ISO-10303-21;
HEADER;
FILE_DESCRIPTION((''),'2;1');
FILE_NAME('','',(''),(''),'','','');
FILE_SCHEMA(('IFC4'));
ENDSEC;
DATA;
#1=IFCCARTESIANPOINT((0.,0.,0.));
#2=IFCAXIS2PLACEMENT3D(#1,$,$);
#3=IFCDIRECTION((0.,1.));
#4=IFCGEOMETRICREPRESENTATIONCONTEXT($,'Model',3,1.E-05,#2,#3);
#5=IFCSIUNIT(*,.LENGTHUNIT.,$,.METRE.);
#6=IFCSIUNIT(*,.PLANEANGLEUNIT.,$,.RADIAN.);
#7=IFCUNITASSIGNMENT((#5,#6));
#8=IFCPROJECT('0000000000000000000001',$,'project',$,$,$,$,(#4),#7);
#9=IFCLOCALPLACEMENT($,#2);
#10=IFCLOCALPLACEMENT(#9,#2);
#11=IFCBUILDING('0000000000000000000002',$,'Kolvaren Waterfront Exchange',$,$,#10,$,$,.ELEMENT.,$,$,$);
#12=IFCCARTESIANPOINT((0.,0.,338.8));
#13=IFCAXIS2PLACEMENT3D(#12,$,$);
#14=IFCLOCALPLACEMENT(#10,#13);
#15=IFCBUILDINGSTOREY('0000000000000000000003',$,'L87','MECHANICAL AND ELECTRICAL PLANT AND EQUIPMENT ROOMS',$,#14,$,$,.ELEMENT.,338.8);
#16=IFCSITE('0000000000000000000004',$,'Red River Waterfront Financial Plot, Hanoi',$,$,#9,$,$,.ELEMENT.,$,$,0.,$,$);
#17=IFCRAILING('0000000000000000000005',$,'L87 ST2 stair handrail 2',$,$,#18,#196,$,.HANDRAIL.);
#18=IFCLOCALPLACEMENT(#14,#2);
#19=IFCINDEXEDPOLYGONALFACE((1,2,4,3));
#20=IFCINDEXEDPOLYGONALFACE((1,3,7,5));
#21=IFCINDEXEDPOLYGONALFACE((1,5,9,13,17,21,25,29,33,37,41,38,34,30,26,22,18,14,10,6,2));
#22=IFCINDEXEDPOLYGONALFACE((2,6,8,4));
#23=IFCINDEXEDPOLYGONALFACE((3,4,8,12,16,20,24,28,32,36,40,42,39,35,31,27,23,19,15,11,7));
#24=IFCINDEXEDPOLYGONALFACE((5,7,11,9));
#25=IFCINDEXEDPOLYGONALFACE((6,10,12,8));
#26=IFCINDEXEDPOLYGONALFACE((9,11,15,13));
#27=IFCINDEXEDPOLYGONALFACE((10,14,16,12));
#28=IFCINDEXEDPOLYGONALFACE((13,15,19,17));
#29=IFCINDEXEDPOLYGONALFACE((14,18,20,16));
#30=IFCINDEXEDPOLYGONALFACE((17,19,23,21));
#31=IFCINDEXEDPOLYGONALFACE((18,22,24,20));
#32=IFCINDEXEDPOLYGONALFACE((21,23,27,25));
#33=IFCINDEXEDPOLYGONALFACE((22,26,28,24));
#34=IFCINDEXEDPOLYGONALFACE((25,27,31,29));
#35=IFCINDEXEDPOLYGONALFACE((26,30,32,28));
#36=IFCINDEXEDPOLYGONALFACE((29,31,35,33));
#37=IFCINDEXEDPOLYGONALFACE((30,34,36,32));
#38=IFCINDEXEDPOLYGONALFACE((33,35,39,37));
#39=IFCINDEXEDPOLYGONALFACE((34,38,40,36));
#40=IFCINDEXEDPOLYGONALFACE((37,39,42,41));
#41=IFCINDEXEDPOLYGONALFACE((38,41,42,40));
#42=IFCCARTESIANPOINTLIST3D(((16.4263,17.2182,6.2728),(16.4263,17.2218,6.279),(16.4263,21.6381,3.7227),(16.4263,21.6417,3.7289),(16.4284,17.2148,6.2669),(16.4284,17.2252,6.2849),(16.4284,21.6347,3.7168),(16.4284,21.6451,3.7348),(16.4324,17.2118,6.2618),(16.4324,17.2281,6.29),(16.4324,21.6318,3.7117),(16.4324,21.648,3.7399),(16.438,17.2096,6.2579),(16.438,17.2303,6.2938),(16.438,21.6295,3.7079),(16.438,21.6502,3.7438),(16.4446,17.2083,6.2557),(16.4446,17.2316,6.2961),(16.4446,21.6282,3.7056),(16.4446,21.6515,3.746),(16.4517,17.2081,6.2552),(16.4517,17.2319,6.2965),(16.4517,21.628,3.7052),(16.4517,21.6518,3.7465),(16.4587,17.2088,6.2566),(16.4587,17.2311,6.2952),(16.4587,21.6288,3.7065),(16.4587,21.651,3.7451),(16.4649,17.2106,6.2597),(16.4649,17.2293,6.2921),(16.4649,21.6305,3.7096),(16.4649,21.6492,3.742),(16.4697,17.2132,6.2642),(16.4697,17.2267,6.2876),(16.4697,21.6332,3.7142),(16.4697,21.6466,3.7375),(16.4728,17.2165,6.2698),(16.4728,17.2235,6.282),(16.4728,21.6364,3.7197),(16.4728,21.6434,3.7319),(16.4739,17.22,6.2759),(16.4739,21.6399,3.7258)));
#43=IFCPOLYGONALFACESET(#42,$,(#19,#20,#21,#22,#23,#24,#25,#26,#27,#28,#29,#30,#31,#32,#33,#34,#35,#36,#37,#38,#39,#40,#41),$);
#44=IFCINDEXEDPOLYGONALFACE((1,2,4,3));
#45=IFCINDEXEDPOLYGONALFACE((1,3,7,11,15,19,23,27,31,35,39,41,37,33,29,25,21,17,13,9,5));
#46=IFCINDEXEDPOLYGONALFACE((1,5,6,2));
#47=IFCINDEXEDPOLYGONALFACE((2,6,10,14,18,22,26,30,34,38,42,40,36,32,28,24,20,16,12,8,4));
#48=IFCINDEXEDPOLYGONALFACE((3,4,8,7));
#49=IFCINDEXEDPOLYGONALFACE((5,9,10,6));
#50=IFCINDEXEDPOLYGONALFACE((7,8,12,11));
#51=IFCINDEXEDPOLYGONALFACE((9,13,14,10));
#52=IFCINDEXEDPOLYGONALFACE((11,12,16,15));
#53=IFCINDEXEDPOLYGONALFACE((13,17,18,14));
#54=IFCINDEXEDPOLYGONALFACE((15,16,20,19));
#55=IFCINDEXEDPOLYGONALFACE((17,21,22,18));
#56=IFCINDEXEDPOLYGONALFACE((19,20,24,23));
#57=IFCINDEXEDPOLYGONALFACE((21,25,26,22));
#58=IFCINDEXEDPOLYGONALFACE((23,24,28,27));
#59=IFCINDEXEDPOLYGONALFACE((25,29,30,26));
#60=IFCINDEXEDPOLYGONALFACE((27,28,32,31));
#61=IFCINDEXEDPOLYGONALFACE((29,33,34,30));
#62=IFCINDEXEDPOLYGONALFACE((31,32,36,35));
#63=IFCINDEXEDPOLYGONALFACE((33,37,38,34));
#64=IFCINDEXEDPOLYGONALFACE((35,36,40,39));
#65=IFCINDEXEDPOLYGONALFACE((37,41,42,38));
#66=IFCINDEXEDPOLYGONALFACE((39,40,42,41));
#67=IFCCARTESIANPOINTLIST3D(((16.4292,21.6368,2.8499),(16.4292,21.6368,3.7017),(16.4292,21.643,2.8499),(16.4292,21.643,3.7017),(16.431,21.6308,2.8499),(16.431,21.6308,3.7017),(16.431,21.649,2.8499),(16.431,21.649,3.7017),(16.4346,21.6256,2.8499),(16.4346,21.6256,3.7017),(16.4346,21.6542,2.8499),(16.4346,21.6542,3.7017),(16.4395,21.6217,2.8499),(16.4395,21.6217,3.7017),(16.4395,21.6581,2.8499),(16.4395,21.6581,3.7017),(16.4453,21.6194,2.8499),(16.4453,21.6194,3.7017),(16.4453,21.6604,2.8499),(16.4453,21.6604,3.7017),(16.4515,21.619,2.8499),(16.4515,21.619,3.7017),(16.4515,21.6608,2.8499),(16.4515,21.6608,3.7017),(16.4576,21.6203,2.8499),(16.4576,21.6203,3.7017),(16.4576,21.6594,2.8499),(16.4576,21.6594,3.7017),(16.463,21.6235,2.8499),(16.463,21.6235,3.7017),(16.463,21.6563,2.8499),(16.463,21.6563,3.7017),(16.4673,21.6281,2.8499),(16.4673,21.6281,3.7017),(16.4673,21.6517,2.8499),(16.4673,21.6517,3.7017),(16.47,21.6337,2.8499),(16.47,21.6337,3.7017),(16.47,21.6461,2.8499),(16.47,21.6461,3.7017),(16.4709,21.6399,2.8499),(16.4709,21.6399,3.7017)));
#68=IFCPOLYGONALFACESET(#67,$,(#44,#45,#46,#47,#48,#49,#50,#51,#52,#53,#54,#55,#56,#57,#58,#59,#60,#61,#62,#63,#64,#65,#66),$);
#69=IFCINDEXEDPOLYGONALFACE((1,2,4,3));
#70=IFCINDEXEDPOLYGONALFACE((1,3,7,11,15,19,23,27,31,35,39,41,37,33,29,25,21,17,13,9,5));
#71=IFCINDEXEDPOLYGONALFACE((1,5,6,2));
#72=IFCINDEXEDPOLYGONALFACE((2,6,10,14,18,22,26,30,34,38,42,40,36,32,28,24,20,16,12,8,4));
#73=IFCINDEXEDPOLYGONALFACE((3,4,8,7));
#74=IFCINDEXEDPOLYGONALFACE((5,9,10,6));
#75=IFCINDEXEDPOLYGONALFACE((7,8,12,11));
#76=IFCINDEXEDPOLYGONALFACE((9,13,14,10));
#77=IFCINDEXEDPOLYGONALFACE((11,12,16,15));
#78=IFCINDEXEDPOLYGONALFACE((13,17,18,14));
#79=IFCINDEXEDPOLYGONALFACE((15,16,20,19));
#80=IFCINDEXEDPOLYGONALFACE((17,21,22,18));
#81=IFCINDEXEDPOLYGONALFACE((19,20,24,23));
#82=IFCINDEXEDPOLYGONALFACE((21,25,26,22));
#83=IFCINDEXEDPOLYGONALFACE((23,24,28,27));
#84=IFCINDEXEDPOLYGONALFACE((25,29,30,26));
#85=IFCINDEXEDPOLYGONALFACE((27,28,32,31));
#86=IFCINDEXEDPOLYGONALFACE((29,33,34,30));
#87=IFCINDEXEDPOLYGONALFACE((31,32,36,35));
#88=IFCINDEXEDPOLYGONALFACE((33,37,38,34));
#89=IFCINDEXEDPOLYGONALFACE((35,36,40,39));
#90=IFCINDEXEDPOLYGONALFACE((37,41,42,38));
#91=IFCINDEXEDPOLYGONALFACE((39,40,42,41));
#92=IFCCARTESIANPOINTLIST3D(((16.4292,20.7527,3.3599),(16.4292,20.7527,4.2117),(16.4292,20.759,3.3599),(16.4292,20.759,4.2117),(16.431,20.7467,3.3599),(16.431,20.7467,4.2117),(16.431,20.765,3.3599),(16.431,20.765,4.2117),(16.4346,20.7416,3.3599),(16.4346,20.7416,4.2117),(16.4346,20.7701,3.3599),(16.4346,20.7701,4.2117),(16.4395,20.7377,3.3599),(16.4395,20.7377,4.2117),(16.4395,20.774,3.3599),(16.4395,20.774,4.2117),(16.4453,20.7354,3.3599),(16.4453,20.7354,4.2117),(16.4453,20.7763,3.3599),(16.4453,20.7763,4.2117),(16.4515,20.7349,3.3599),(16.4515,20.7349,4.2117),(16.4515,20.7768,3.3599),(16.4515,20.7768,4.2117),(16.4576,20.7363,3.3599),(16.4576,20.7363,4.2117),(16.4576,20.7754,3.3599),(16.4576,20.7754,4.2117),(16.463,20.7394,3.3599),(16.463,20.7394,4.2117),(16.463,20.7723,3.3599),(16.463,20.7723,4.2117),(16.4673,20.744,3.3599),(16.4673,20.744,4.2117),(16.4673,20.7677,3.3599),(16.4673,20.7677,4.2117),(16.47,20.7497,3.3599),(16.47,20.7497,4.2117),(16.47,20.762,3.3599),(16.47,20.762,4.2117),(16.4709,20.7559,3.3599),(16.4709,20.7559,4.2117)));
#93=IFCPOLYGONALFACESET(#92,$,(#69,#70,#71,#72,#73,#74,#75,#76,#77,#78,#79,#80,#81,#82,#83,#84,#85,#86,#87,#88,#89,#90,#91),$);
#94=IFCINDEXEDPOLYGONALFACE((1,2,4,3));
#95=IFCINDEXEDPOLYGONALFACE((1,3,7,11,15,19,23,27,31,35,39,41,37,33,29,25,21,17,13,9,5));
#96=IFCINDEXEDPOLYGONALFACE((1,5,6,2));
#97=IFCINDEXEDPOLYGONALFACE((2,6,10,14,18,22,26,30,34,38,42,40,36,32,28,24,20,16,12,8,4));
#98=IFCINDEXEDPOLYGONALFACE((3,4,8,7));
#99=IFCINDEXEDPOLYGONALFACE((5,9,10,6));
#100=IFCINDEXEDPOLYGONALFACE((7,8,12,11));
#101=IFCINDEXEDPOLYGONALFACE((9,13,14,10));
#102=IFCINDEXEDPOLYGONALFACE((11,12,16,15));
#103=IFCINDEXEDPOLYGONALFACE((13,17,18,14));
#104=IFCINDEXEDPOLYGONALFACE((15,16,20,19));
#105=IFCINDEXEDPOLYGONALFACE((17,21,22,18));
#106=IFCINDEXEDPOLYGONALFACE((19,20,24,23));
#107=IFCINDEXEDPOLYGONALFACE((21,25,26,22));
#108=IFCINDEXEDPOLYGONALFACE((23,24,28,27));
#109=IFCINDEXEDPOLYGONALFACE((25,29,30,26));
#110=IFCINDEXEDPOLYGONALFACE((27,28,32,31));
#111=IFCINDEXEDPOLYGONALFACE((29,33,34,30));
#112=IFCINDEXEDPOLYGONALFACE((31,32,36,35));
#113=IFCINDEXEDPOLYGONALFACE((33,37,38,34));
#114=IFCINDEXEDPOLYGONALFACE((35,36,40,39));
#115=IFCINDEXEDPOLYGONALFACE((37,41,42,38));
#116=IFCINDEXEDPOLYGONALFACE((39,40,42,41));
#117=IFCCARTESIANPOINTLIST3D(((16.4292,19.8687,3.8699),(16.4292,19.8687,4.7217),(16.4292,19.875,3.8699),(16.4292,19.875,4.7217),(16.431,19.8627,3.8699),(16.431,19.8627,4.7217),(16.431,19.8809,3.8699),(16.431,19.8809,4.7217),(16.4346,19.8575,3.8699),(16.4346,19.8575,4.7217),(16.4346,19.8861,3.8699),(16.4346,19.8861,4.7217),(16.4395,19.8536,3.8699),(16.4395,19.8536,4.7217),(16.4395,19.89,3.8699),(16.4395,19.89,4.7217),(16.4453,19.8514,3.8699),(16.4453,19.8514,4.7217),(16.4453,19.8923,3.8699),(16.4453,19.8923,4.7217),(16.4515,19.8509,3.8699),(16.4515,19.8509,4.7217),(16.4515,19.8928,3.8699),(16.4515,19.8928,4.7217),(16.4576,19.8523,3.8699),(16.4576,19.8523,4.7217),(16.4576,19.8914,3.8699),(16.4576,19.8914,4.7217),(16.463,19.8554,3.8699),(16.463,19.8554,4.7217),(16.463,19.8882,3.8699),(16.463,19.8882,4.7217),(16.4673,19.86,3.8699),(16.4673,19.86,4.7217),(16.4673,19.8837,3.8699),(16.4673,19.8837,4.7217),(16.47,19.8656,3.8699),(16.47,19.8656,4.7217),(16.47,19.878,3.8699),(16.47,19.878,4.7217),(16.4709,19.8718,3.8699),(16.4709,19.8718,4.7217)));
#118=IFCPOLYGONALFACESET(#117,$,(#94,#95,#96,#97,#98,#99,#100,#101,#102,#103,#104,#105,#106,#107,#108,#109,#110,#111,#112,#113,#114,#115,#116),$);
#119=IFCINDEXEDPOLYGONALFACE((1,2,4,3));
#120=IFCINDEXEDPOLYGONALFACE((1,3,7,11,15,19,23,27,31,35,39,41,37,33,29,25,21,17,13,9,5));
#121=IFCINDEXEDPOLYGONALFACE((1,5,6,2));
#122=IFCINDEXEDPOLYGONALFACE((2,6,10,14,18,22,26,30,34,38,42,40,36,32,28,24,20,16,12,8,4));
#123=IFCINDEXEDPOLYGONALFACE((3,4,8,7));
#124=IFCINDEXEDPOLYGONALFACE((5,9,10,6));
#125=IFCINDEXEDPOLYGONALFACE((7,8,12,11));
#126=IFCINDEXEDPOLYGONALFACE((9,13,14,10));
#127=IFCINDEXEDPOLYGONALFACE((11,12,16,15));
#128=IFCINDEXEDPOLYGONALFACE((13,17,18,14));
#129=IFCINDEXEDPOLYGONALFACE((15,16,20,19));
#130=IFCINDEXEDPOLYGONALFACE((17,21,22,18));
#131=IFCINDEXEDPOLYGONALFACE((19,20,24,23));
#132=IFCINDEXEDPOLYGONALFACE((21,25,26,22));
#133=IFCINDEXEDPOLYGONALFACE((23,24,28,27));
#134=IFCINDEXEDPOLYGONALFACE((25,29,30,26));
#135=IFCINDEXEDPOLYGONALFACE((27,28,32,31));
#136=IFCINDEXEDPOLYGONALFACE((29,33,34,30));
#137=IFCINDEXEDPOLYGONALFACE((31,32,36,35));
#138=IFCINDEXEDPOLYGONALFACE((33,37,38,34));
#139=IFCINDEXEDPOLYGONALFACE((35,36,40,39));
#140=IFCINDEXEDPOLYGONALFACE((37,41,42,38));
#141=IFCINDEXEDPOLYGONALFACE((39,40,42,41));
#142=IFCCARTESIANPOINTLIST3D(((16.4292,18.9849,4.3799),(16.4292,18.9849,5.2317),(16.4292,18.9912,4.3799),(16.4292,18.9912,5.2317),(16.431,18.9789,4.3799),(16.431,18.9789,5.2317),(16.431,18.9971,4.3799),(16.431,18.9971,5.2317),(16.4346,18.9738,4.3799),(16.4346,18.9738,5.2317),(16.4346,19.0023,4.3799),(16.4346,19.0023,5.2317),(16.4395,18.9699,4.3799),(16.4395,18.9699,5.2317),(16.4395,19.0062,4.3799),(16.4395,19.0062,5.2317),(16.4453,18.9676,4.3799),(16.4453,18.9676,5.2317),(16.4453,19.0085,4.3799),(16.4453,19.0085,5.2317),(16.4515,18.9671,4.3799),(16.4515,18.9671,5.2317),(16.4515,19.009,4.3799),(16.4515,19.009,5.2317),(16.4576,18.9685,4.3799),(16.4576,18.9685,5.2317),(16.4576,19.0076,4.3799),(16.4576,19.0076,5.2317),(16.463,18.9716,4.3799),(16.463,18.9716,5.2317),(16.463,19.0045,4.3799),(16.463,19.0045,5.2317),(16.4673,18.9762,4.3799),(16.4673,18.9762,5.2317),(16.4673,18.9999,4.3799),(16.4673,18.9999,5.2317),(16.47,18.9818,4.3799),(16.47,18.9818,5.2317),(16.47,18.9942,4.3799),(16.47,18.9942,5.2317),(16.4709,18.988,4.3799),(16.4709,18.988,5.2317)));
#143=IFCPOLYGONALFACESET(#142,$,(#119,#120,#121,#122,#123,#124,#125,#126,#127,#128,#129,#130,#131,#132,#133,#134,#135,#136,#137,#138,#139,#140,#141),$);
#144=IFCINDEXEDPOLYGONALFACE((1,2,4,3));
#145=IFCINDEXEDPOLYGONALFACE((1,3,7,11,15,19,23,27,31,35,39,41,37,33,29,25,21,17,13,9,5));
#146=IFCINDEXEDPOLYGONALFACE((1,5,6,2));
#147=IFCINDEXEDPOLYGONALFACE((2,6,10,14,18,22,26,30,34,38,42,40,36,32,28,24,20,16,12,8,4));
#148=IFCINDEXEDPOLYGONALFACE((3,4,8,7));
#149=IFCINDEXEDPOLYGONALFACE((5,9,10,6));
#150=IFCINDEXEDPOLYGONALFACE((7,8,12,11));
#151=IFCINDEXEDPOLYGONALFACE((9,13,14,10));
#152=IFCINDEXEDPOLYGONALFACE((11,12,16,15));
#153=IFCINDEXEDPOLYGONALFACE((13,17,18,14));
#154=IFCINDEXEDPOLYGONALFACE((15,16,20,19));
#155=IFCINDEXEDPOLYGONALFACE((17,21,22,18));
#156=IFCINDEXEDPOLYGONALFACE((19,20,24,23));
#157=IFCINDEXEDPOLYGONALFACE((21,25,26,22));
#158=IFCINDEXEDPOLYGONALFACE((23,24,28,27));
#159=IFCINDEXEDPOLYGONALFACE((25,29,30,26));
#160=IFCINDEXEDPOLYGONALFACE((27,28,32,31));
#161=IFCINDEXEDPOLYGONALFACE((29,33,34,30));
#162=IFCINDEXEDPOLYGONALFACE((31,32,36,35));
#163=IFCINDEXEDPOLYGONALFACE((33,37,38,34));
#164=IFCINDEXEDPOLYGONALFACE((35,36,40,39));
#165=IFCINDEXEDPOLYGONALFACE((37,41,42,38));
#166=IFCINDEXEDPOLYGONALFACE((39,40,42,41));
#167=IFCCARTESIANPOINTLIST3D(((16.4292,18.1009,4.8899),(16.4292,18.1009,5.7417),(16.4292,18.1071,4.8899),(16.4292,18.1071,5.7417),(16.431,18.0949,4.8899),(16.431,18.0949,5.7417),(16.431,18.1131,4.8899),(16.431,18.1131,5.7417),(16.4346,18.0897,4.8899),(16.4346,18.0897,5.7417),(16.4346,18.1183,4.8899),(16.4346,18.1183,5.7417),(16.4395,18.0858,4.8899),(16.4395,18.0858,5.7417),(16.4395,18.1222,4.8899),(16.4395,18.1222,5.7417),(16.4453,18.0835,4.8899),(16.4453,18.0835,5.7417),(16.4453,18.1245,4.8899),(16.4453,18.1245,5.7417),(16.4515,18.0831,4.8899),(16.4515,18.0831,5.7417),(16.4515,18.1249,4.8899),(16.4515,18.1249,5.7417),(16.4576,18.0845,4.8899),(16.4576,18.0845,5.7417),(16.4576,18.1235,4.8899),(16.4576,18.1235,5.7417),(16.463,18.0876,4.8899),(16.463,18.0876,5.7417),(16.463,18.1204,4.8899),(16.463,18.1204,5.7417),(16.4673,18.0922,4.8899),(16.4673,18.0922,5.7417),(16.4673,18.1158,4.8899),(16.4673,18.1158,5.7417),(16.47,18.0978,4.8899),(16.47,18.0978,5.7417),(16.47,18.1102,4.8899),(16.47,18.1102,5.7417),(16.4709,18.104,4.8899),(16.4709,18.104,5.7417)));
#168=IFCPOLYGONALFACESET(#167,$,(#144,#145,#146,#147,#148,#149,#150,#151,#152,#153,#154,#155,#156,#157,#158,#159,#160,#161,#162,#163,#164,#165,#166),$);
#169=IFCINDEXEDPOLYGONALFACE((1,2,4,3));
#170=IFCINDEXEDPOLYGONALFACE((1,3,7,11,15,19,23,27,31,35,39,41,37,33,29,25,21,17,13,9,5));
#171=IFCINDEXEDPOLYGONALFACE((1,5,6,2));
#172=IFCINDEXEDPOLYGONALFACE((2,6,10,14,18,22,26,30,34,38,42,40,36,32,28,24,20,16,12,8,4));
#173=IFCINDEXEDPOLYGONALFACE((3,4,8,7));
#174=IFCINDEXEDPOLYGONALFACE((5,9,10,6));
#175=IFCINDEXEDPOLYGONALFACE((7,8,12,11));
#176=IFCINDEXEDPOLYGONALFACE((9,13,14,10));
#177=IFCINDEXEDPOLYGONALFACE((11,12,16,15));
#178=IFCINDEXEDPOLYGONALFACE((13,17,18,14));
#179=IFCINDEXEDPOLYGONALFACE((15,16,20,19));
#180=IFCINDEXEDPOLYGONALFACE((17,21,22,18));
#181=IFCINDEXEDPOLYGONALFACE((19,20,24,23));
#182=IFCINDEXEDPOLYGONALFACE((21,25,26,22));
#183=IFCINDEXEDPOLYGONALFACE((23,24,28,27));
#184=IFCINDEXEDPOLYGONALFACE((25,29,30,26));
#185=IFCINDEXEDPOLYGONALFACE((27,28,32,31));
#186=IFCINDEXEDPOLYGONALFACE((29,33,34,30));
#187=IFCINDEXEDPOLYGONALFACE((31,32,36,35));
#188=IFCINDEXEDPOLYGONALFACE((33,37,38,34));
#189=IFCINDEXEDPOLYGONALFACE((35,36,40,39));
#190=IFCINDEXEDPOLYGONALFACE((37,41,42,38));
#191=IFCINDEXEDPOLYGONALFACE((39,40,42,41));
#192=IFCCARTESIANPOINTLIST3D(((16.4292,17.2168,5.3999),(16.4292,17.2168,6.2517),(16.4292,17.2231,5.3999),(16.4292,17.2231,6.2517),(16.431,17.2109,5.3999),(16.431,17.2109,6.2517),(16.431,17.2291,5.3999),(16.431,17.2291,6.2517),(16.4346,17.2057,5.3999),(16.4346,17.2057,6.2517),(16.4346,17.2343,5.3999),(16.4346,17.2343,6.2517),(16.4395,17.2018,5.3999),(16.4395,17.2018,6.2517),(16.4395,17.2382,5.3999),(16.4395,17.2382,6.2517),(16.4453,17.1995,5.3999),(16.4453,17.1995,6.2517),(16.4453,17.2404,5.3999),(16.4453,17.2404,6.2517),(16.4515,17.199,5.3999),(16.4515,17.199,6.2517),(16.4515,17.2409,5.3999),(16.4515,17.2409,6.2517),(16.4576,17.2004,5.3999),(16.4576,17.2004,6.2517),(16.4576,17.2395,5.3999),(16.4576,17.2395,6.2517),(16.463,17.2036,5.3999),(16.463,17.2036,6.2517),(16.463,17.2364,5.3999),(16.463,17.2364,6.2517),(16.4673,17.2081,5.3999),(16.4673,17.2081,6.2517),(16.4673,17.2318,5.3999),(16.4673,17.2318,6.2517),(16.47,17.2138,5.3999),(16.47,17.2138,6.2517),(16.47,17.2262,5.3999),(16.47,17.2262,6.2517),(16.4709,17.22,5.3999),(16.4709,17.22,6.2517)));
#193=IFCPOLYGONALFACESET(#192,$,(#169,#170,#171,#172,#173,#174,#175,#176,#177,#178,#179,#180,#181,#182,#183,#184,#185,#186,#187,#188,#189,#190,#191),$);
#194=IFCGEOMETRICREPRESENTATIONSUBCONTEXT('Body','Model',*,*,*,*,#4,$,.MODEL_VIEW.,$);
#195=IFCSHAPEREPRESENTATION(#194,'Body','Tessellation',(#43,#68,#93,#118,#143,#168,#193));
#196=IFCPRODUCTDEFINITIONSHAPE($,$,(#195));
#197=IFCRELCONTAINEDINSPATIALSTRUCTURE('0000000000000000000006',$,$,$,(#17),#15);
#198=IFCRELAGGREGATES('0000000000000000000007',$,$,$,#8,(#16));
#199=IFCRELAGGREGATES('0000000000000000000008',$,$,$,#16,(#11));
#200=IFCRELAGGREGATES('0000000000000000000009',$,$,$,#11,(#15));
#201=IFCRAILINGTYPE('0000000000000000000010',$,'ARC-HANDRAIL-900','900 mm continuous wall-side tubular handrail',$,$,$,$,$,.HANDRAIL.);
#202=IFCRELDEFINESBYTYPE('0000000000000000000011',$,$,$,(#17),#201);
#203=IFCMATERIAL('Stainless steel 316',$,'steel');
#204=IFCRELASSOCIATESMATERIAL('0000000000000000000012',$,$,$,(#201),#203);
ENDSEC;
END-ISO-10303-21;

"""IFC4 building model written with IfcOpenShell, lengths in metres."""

from ifc_helpers import new_model, si_unit, direction, frame, origin, origin_2d, place, context, subcontext, project, spatial, circle, extrude, material, type_object, element, save


model = new_model("IFC4")

# Units and contexts
model_context = context("Model", 3, precision=1e-05, world=origin(), true_north=direction((0.0, 1.0)))
body_context = subcontext(model_context, "Body", "Model", "MODEL_VIEW")
ifc_project = project(units=[si_unit("LENGTHUNIT", "METRE"), si_unit("PLANEANGLEUNIT", "RADIAN")], contexts=[model_context])

# Site, building, storey
site_placement = place(None, origin())
site = spatial("IfcSite", under=ifc_project, at=site_placement, Name="Red River Waterfront Financial Plot, Hanoi", CompositionType="ELEMENT", RefElevation=0.0)
building_placement = place(site_placement, origin())
building = spatial("IfcBuilding", under=site, at=building_placement, Name="Kolvaren Waterfront Exchange", CompositionType="ELEMENT")
storey_placement = place(building_placement, frame((0.0, 0.0, 338.8)))
storey = spatial("IfcBuildingStorey", under=building, at=storey_placement, Name="L87", Description="MECHANICAL AND ELECTRICAL PLANT AND EQUIPMENT ROOMS", CompositionType="ELEMENT", Elevation=338.8)

# Railing
ifc_material_1 = material(Name="Stainless steel 316", Category="steel")
railing_type_1 = type_object("IfcRailingType", Name="ARC-HANDRAIL-900", Description="900 mm continuous wall-side tubular handrail", PredefinedType="HANDRAIL", material=ifc_material_1)
railing_1_placement = place(storey_placement, frame((16.45, 21.6399, 2.8499)))
element("IfcRailing", 1, at=railing_1_placement, inside=storey, type_object=railing_type_1, Name="L87 ST2 stair handrail 2", PredefinedType="HANDRAIL", context=body_context, shape_type="SweptSolid", body=[
    extrude(circle(Radius=0.0239, at=origin_2d()), frame((0.0, 0.0, 0.876), z_axis=(0.0, -0.866178, 0.499736), x_axis=(1.0, 0.0, 0.0)), (0.0, 0.0, 1.0), 5.1028),
    extrude(circle(Radius=0.021, at=origin_2d()), origin(), (0.0, 0.0, 1.0), 0.8518),
    extrude(circle(Radius=0.021, at=origin_2d()), frame((0.0, -0.884, 0.51)), (0.0, 0.0, 1.0), 0.8518),
    extrude(circle(Radius=0.021, at=origin_2d()), frame((0.0, -1.7681, 1.02)), (0.0, 0.0, 1.0), 0.8518),
    extrude(circle(Radius=0.021, at=origin_2d()), frame((0.0, -2.6519, 1.53)), (0.0, 0.0, 1.0), 0.8518),
    extrude(circle(Radius=0.021, at=origin_2d()), frame((0.0, -3.5359, 2.04)), (0.0, 0.0, 1.0), 0.8518),
    extrude(circle(Radius=0.021, at=origin_2d()), frame((0.0, -4.4199, 2.55)), (0.0, 0.0, 1.0), 0.8518),
])

save(model, "model.ifc")
